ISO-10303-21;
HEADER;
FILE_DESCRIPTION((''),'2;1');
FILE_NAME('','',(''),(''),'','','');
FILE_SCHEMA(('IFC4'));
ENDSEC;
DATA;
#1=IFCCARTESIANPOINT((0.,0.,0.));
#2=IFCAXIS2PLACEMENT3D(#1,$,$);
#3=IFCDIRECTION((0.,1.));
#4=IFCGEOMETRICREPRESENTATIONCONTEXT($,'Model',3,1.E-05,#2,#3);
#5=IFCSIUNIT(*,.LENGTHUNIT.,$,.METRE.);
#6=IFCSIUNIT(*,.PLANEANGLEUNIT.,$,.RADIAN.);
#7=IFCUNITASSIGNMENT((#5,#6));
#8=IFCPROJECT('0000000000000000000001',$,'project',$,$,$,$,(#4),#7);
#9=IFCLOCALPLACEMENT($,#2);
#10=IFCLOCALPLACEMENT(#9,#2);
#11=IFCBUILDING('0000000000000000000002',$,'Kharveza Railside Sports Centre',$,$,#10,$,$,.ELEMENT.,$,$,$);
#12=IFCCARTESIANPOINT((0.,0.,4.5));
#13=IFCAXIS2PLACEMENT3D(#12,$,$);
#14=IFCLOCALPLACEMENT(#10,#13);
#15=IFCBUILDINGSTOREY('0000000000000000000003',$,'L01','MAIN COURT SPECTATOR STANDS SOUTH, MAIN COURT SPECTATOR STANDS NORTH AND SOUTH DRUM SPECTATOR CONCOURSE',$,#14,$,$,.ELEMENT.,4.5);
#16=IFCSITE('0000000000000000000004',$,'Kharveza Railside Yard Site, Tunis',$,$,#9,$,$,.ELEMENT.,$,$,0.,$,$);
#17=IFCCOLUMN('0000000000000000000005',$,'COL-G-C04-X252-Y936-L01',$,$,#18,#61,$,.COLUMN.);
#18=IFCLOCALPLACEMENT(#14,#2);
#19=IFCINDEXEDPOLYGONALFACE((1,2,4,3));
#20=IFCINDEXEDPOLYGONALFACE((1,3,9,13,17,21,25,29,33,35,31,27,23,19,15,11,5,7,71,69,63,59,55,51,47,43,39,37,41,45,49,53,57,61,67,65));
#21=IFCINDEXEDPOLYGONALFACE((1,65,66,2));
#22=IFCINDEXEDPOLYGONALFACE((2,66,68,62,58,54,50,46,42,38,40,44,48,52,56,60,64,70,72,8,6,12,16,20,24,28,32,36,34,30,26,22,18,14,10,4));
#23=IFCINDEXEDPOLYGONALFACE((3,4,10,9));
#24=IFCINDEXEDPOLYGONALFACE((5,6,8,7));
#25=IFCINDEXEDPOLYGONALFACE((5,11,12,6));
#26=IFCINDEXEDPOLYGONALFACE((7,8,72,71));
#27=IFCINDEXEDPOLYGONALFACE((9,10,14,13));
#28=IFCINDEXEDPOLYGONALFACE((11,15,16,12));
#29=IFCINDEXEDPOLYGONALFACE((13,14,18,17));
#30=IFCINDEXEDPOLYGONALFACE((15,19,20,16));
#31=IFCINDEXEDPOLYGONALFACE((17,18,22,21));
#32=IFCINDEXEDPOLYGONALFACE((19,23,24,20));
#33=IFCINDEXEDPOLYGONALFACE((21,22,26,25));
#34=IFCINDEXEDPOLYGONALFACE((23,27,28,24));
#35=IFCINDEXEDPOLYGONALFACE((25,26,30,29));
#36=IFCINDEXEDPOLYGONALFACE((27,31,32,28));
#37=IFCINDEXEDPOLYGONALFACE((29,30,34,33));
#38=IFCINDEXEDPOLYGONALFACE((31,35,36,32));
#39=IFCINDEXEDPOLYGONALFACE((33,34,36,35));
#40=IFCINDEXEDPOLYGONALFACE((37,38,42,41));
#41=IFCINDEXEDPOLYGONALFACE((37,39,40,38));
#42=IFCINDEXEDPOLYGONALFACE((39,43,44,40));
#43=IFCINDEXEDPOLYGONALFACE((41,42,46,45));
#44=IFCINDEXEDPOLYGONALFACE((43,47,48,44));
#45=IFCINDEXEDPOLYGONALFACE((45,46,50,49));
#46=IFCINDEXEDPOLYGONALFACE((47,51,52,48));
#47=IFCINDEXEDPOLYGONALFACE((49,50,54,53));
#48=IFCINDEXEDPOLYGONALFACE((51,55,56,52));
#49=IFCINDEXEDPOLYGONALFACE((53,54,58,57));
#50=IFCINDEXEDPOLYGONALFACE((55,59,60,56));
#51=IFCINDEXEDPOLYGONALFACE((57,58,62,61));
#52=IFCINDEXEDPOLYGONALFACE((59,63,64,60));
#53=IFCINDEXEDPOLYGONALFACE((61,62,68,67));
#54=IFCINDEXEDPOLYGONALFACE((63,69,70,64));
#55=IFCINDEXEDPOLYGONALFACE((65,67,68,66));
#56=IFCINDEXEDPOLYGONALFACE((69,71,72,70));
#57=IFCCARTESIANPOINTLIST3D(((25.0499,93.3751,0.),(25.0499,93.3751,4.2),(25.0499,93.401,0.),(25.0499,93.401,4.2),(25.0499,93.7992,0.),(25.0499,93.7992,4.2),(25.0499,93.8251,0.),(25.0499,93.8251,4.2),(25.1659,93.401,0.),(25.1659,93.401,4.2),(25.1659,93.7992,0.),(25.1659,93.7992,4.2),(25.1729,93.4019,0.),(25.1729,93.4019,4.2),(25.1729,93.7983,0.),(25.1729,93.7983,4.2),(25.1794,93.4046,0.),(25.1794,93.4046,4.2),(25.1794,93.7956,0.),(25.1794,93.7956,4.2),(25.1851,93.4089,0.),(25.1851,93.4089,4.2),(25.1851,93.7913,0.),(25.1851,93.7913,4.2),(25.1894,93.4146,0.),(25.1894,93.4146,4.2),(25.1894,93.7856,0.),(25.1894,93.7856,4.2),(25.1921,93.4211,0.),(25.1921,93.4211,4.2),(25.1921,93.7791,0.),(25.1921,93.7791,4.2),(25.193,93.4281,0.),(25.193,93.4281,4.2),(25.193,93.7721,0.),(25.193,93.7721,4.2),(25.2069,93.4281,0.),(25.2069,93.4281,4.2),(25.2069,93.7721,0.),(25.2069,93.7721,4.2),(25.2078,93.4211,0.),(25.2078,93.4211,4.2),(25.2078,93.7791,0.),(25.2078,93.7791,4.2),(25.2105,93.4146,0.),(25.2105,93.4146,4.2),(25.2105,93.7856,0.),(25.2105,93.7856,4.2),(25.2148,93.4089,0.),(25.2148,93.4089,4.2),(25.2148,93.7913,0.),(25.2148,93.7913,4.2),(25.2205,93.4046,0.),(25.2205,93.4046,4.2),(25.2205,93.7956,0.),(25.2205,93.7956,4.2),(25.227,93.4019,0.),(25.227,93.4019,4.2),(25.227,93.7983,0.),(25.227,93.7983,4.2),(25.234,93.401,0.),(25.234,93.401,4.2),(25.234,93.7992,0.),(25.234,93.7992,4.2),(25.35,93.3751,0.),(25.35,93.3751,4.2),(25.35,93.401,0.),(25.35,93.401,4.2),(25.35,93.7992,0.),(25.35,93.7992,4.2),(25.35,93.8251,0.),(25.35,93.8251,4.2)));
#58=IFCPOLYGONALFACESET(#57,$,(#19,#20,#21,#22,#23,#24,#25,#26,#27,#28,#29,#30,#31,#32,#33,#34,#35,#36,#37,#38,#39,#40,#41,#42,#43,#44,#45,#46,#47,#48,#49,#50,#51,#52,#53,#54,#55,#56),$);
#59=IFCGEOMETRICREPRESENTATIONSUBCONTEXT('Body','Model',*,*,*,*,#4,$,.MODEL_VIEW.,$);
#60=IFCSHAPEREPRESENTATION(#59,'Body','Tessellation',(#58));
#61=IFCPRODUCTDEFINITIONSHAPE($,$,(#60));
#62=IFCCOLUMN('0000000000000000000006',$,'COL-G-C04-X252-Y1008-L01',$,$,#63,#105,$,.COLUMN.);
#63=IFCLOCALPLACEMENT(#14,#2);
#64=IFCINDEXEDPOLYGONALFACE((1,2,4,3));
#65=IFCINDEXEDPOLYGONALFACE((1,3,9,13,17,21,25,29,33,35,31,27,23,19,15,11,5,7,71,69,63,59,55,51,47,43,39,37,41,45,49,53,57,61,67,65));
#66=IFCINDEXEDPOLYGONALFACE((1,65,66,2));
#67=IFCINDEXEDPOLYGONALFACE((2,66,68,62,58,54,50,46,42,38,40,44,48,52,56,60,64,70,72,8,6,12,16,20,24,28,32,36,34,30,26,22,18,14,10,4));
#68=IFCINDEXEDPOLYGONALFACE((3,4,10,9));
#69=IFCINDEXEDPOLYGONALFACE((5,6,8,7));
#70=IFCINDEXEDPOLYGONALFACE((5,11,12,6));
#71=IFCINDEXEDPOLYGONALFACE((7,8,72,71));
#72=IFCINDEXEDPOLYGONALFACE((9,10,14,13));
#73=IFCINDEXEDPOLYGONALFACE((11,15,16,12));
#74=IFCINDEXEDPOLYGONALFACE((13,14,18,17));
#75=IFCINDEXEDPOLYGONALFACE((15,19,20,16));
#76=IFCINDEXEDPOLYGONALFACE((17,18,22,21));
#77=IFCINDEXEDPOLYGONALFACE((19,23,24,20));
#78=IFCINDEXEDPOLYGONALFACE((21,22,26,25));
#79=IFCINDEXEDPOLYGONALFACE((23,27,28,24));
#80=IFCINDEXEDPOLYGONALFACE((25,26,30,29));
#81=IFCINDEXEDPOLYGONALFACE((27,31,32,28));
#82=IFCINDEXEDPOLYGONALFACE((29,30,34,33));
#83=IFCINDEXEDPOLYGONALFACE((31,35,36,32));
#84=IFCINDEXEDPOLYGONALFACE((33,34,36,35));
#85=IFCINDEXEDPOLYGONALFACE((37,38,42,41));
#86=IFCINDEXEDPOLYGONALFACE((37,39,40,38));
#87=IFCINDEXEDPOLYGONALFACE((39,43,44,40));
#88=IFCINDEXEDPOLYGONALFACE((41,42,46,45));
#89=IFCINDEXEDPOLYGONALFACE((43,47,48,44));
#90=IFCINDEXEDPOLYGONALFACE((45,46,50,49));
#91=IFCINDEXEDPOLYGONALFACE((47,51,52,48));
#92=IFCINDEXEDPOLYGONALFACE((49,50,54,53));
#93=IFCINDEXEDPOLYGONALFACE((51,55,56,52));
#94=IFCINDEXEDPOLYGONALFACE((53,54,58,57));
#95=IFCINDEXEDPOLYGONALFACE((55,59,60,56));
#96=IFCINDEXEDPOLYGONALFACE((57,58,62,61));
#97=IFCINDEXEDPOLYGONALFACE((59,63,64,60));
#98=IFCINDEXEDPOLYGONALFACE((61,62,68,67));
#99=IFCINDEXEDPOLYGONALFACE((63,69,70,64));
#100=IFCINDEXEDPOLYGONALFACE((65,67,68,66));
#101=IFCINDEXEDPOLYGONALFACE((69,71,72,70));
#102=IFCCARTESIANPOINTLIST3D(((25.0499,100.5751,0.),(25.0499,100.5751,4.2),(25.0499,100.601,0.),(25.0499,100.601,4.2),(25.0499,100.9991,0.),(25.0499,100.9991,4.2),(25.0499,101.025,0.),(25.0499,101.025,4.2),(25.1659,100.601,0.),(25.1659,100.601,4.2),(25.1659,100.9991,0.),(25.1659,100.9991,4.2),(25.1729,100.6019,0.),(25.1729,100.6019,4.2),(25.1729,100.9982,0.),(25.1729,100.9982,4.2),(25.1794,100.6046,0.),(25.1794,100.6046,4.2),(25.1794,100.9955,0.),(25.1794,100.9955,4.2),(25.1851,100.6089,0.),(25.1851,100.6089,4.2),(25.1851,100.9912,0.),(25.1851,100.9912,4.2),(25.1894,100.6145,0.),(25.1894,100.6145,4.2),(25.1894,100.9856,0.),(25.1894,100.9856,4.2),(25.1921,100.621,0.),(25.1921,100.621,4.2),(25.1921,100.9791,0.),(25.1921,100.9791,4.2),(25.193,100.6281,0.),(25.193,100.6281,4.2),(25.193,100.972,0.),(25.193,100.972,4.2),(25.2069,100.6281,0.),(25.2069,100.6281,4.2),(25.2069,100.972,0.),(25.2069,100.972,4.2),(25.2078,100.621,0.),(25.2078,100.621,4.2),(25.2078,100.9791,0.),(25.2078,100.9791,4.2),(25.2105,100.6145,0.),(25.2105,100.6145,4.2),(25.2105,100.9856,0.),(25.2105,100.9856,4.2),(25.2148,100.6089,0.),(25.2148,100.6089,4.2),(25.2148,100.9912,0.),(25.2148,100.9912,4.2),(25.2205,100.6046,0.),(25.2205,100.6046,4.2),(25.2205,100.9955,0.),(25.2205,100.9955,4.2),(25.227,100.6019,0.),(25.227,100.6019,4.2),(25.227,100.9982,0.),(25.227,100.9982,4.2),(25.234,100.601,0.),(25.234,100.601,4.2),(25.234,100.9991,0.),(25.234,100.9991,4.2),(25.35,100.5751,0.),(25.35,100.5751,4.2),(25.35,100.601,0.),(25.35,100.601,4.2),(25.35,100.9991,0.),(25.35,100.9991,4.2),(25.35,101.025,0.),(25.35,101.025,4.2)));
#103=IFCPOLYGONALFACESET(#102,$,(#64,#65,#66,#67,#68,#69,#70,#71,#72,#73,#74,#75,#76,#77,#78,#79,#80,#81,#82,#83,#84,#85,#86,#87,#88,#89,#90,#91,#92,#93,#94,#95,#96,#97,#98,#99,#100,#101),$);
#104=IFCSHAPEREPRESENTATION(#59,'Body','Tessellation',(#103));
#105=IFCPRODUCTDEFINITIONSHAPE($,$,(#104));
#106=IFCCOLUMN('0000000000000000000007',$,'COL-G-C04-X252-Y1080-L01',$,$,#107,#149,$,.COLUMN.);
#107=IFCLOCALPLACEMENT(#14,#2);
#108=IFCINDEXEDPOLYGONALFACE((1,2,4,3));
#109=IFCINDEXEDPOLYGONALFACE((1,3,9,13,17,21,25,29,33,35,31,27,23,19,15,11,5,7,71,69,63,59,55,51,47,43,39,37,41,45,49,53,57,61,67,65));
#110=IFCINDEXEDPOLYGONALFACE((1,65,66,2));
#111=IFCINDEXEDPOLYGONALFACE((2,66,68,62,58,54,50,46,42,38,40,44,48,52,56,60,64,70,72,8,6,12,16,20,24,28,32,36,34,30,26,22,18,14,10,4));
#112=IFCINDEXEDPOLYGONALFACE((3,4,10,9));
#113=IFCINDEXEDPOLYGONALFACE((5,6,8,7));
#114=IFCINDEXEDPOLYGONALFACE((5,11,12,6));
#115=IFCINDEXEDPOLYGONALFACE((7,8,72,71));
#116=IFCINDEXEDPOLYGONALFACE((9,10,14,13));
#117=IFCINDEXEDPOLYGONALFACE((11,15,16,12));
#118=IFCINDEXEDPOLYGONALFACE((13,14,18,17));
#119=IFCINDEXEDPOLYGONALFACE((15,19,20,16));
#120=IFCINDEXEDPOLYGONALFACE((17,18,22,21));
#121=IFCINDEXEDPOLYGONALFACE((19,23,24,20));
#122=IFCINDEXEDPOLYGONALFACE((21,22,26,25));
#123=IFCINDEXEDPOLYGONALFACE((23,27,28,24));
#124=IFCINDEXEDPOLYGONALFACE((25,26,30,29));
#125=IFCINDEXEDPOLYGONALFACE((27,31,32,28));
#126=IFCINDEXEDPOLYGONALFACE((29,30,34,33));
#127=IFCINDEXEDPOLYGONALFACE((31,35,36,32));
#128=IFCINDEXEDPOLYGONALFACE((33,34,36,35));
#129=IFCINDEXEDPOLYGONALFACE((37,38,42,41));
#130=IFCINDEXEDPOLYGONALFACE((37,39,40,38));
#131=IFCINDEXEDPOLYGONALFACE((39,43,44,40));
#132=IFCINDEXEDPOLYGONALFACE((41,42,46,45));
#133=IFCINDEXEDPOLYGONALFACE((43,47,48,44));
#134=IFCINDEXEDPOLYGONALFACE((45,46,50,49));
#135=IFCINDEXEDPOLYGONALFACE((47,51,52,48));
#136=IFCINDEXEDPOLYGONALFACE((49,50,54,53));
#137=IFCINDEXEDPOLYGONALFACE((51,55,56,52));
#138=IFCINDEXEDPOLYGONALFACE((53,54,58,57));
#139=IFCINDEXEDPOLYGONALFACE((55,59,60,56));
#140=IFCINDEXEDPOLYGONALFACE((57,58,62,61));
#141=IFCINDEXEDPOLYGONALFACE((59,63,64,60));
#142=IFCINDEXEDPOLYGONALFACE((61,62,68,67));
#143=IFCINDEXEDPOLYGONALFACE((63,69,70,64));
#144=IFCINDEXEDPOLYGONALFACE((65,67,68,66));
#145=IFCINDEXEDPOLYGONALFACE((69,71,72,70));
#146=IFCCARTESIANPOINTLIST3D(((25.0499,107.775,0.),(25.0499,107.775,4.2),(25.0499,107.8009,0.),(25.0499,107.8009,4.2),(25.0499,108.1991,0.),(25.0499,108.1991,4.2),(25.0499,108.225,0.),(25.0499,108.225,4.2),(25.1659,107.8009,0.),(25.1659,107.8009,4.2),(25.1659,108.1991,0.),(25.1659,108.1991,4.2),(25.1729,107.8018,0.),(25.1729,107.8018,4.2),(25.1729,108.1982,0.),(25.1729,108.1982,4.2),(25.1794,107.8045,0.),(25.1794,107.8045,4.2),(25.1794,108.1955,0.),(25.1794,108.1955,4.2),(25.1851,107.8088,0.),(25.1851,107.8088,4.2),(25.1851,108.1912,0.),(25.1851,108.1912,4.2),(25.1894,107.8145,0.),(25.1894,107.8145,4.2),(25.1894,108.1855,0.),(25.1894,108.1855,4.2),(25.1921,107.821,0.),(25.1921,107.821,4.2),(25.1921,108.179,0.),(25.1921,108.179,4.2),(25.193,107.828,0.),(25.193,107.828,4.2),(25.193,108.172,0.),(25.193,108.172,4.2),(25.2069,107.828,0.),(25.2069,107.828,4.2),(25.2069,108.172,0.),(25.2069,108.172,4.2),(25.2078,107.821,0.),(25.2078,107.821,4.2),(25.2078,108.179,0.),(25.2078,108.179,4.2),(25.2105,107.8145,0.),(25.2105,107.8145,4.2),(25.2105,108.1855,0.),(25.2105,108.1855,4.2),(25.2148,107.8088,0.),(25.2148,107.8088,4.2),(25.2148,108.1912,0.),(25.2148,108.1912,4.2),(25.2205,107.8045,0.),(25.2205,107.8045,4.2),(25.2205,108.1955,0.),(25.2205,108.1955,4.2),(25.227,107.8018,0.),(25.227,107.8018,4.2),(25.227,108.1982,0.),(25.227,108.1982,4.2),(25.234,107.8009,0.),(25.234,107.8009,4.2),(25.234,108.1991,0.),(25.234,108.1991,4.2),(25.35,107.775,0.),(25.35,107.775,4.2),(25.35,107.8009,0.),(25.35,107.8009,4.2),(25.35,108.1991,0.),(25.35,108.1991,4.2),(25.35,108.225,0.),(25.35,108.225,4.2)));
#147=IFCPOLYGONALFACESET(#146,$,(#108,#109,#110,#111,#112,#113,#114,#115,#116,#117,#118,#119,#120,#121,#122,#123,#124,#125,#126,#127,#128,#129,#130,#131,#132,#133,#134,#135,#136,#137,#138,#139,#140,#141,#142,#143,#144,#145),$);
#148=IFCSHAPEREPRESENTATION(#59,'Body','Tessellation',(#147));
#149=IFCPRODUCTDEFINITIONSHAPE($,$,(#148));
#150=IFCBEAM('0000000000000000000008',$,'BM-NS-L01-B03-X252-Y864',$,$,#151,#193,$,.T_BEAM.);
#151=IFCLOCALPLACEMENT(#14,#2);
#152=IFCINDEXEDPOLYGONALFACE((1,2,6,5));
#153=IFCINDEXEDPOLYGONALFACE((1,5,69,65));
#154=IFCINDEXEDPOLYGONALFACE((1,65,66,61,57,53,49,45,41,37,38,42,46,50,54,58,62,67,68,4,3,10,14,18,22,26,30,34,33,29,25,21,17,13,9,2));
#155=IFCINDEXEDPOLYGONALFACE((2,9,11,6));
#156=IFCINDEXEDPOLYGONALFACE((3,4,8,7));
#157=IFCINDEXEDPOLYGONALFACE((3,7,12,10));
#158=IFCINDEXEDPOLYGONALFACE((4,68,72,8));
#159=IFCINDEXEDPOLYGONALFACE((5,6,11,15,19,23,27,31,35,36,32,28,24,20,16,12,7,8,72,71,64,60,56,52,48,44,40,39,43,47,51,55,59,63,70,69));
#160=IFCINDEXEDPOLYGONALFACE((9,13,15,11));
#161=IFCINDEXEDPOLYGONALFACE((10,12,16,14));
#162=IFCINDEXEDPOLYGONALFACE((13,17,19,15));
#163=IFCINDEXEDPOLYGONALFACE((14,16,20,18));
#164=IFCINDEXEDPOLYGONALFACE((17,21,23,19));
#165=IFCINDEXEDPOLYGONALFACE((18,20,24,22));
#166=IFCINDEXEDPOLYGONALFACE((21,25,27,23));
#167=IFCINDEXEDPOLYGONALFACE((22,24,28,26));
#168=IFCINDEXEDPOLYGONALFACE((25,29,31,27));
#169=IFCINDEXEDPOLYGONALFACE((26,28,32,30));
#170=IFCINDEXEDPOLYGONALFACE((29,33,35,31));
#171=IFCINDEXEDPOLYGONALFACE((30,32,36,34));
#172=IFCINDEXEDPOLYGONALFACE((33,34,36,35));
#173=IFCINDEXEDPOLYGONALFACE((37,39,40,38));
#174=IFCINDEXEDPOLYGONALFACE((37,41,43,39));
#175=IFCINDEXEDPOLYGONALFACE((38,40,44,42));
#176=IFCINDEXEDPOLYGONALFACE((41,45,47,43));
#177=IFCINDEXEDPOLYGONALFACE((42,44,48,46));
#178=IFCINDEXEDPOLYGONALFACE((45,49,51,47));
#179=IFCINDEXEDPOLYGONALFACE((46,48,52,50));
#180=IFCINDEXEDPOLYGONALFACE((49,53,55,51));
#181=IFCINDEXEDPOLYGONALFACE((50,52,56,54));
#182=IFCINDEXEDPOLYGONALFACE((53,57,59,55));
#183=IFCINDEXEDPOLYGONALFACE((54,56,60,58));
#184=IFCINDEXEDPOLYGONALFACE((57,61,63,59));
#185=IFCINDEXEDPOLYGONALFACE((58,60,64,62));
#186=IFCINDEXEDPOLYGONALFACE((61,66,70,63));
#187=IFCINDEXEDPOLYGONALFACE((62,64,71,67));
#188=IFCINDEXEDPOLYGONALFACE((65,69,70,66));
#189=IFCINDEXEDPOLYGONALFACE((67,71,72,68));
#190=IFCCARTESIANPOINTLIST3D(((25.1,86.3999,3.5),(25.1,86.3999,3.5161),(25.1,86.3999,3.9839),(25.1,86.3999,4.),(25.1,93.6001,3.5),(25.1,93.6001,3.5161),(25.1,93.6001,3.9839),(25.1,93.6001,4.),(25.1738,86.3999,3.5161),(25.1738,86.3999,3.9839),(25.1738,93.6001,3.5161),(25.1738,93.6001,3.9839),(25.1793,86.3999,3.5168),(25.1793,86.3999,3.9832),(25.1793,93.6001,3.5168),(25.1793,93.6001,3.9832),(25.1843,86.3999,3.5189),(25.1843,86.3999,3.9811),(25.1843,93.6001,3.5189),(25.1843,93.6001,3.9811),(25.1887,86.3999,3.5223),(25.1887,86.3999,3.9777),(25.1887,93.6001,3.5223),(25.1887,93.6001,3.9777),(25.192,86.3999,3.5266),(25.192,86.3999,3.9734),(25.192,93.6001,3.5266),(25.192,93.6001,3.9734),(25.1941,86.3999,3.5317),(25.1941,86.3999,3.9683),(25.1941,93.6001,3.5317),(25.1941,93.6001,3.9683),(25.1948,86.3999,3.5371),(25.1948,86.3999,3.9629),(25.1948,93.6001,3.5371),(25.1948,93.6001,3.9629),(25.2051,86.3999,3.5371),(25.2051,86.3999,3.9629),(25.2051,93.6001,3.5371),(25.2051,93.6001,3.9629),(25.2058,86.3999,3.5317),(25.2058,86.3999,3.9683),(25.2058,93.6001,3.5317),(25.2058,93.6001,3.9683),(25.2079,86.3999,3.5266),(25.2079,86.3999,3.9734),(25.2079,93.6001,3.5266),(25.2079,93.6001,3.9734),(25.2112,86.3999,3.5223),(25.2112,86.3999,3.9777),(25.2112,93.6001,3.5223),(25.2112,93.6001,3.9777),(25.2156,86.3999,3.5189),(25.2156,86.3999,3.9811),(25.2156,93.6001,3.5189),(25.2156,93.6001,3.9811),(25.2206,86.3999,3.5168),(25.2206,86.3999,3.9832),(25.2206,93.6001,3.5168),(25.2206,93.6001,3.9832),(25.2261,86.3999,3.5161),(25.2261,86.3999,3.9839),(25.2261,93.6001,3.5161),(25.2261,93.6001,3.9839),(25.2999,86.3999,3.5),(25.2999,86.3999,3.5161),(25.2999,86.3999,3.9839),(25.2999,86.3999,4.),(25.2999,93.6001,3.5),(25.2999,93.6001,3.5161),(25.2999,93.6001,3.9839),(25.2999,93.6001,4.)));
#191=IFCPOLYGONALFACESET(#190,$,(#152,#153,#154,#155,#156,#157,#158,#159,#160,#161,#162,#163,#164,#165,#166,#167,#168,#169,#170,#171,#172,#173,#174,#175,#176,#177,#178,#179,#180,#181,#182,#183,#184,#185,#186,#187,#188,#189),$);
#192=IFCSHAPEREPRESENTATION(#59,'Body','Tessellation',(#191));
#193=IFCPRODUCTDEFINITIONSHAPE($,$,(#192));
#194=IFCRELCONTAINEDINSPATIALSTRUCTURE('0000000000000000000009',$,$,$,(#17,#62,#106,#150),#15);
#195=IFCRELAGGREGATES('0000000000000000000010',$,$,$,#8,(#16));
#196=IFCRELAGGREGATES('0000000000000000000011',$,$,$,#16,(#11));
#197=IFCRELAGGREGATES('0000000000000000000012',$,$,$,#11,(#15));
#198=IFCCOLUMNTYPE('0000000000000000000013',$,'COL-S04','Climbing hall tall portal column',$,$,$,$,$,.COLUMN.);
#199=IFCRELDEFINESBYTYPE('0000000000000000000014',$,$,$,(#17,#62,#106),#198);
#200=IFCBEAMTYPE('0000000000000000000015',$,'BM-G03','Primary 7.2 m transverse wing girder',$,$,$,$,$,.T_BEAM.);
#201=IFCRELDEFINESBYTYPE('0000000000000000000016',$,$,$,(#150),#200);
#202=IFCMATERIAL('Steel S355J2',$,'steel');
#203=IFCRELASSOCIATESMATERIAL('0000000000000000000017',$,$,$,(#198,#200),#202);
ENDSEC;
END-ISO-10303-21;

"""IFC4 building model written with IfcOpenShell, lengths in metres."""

from ifc_helpers import new_model, si_unit, direction, frame, origin, origin_2d, place, context, subcontext, project, spatial, i_section, extrude, material, material_profile, profile_set, type_object, element, save


model = new_model("IFC4")

# Units and contexts
model_context = context("Model", 3, precision=1e-05, world=origin(), true_north=direction((0.0, 1.0)))
body_context = subcontext(model_context, "Body", "Model", "MODEL_VIEW")
ifc_project = project(units=[si_unit("LENGTHUNIT", "METRE"), si_unit("PLANEANGLEUNIT", "RADIAN")], contexts=[model_context])

# Site, building, storey
site_placement = place(None, origin())
site = spatial("IfcSite", under=ifc_project, at=site_placement, Name="Kharveza Railside Yard Site, Tunis", CompositionType="ELEMENT", RefElevation=0.0)
building_placement = place(site_placement, origin())
building = spatial("IfcBuilding", under=site, at=building_placement, Name="Kharveza Railside Sports Centre", CompositionType="ELEMENT")
storey_placement = place(building_placement, frame((0.0, 0.0, 4.5)))
storey = spatial("IfcBuildingStorey", under=building, at=storey_placement, Name="L01", Description="MAIN COURT SPECTATOR STANDS SOUTH, MAIN COURT SPECTATOR STANDS NORTH AND SOUTH DRUM SPECTATOR CONCOURSE", CompositionType="ELEMENT", Elevation=4.5)

# Columns
ifc_material_1 = material(Name="Steel S355J2", Category="steel")
ifc_material_profile_1 = material_profile(ifc_material_1, i_section(OverallWidth=0.3, OverallDepth=0.45, WebThickness=0.0139, FlangeThickness=0.0259, FilletRadius=0.0271, at=origin_2d()), Name="HEB 450")
ifc_profile_set_1 = profile_set([ifc_material_profile_1], Name="Steel S355J2")
column_type = type_object("IfcColumnType", Name="COL-S04", Description="Climbing hall tall portal column", PredefinedType="COLUMN", material=ifc_profile_set_1)
for number, where, z_axis, x_axis, name in (
    (1, (25.2, 93.6001, 0.0), (0.0, 0.0, 1.0), (1.0, 0.0, 0.0), "COL-G-C04-X252-Y936-L01"),
    (2, (25.2, 100.8, 0.0), (0.0, 0.0, 1.0), (1.0, 0.0, 0.0), "COL-G-C04-X252-Y1008-L01"),
    (3, (25.2, 108.0, 0.0), (0.0, 0.0, 1.0), (1.0, 0.0, 0.0), "COL-G-C04-X252-Y1080-L01"),
):
    element("IfcColumn", number, at=place(storey_placement, frame(where, z_axis=z_axis, x_axis=x_axis)), inside=storey, type_object=column_type, Name=name, PredefinedType="COLUMN", context=body_context, shape_type="SweptSolid", body=[
        extrude(i_section(OverallWidth=0.3, OverallDepth=0.45, WebThickness=0.0139, FlangeThickness=0.0259, FilletRadius=0.0271, at=origin_2d()), origin(), (0.0, 0.0, 1.0), 4.2),
    ])

# Beam
ifc_material_profile_2 = material_profile(ifc_material_1, i_section(OverallWidth=0.2, OverallDepth=0.5, WebThickness=0.0103, FlangeThickness=0.0161, FilletRadius=0.021, at=origin_2d()), Name="IPE 500")
ifc_profile_set_2 = profile_set([ifc_material_profile_2], Name="Steel S355J2")
beam_type_1 = type_object("IfcBeamType", Name="BM-G03", Description="Primary 7.2 m transverse wing girder", PredefinedType="T_BEAM", material=ifc_profile_set_2)
beam_1_placement = place(storey_placement, frame((25.2, 86.3999, 3.75), z_axis=(0.0, 1.0, 0.0), x_axis=(-1.0, 0.0, 0.0)))
element("IfcBeam", 4, at=beam_1_placement, inside=storey, type_object=beam_type_1, Name="BM-NS-L01-B03-X252-Y864", PredefinedType="T_BEAM", context=body_context, shape_type="SweptSolid", body=[
    extrude(i_section(OverallWidth=0.2, OverallDepth=0.5, WebThickness=0.0103, FlangeThickness=0.0161, FilletRadius=0.021, at=origin_2d()), origin(), (0.0, 0.0, 1.0), 7.2002),
])

save(model, "model.ifc")
